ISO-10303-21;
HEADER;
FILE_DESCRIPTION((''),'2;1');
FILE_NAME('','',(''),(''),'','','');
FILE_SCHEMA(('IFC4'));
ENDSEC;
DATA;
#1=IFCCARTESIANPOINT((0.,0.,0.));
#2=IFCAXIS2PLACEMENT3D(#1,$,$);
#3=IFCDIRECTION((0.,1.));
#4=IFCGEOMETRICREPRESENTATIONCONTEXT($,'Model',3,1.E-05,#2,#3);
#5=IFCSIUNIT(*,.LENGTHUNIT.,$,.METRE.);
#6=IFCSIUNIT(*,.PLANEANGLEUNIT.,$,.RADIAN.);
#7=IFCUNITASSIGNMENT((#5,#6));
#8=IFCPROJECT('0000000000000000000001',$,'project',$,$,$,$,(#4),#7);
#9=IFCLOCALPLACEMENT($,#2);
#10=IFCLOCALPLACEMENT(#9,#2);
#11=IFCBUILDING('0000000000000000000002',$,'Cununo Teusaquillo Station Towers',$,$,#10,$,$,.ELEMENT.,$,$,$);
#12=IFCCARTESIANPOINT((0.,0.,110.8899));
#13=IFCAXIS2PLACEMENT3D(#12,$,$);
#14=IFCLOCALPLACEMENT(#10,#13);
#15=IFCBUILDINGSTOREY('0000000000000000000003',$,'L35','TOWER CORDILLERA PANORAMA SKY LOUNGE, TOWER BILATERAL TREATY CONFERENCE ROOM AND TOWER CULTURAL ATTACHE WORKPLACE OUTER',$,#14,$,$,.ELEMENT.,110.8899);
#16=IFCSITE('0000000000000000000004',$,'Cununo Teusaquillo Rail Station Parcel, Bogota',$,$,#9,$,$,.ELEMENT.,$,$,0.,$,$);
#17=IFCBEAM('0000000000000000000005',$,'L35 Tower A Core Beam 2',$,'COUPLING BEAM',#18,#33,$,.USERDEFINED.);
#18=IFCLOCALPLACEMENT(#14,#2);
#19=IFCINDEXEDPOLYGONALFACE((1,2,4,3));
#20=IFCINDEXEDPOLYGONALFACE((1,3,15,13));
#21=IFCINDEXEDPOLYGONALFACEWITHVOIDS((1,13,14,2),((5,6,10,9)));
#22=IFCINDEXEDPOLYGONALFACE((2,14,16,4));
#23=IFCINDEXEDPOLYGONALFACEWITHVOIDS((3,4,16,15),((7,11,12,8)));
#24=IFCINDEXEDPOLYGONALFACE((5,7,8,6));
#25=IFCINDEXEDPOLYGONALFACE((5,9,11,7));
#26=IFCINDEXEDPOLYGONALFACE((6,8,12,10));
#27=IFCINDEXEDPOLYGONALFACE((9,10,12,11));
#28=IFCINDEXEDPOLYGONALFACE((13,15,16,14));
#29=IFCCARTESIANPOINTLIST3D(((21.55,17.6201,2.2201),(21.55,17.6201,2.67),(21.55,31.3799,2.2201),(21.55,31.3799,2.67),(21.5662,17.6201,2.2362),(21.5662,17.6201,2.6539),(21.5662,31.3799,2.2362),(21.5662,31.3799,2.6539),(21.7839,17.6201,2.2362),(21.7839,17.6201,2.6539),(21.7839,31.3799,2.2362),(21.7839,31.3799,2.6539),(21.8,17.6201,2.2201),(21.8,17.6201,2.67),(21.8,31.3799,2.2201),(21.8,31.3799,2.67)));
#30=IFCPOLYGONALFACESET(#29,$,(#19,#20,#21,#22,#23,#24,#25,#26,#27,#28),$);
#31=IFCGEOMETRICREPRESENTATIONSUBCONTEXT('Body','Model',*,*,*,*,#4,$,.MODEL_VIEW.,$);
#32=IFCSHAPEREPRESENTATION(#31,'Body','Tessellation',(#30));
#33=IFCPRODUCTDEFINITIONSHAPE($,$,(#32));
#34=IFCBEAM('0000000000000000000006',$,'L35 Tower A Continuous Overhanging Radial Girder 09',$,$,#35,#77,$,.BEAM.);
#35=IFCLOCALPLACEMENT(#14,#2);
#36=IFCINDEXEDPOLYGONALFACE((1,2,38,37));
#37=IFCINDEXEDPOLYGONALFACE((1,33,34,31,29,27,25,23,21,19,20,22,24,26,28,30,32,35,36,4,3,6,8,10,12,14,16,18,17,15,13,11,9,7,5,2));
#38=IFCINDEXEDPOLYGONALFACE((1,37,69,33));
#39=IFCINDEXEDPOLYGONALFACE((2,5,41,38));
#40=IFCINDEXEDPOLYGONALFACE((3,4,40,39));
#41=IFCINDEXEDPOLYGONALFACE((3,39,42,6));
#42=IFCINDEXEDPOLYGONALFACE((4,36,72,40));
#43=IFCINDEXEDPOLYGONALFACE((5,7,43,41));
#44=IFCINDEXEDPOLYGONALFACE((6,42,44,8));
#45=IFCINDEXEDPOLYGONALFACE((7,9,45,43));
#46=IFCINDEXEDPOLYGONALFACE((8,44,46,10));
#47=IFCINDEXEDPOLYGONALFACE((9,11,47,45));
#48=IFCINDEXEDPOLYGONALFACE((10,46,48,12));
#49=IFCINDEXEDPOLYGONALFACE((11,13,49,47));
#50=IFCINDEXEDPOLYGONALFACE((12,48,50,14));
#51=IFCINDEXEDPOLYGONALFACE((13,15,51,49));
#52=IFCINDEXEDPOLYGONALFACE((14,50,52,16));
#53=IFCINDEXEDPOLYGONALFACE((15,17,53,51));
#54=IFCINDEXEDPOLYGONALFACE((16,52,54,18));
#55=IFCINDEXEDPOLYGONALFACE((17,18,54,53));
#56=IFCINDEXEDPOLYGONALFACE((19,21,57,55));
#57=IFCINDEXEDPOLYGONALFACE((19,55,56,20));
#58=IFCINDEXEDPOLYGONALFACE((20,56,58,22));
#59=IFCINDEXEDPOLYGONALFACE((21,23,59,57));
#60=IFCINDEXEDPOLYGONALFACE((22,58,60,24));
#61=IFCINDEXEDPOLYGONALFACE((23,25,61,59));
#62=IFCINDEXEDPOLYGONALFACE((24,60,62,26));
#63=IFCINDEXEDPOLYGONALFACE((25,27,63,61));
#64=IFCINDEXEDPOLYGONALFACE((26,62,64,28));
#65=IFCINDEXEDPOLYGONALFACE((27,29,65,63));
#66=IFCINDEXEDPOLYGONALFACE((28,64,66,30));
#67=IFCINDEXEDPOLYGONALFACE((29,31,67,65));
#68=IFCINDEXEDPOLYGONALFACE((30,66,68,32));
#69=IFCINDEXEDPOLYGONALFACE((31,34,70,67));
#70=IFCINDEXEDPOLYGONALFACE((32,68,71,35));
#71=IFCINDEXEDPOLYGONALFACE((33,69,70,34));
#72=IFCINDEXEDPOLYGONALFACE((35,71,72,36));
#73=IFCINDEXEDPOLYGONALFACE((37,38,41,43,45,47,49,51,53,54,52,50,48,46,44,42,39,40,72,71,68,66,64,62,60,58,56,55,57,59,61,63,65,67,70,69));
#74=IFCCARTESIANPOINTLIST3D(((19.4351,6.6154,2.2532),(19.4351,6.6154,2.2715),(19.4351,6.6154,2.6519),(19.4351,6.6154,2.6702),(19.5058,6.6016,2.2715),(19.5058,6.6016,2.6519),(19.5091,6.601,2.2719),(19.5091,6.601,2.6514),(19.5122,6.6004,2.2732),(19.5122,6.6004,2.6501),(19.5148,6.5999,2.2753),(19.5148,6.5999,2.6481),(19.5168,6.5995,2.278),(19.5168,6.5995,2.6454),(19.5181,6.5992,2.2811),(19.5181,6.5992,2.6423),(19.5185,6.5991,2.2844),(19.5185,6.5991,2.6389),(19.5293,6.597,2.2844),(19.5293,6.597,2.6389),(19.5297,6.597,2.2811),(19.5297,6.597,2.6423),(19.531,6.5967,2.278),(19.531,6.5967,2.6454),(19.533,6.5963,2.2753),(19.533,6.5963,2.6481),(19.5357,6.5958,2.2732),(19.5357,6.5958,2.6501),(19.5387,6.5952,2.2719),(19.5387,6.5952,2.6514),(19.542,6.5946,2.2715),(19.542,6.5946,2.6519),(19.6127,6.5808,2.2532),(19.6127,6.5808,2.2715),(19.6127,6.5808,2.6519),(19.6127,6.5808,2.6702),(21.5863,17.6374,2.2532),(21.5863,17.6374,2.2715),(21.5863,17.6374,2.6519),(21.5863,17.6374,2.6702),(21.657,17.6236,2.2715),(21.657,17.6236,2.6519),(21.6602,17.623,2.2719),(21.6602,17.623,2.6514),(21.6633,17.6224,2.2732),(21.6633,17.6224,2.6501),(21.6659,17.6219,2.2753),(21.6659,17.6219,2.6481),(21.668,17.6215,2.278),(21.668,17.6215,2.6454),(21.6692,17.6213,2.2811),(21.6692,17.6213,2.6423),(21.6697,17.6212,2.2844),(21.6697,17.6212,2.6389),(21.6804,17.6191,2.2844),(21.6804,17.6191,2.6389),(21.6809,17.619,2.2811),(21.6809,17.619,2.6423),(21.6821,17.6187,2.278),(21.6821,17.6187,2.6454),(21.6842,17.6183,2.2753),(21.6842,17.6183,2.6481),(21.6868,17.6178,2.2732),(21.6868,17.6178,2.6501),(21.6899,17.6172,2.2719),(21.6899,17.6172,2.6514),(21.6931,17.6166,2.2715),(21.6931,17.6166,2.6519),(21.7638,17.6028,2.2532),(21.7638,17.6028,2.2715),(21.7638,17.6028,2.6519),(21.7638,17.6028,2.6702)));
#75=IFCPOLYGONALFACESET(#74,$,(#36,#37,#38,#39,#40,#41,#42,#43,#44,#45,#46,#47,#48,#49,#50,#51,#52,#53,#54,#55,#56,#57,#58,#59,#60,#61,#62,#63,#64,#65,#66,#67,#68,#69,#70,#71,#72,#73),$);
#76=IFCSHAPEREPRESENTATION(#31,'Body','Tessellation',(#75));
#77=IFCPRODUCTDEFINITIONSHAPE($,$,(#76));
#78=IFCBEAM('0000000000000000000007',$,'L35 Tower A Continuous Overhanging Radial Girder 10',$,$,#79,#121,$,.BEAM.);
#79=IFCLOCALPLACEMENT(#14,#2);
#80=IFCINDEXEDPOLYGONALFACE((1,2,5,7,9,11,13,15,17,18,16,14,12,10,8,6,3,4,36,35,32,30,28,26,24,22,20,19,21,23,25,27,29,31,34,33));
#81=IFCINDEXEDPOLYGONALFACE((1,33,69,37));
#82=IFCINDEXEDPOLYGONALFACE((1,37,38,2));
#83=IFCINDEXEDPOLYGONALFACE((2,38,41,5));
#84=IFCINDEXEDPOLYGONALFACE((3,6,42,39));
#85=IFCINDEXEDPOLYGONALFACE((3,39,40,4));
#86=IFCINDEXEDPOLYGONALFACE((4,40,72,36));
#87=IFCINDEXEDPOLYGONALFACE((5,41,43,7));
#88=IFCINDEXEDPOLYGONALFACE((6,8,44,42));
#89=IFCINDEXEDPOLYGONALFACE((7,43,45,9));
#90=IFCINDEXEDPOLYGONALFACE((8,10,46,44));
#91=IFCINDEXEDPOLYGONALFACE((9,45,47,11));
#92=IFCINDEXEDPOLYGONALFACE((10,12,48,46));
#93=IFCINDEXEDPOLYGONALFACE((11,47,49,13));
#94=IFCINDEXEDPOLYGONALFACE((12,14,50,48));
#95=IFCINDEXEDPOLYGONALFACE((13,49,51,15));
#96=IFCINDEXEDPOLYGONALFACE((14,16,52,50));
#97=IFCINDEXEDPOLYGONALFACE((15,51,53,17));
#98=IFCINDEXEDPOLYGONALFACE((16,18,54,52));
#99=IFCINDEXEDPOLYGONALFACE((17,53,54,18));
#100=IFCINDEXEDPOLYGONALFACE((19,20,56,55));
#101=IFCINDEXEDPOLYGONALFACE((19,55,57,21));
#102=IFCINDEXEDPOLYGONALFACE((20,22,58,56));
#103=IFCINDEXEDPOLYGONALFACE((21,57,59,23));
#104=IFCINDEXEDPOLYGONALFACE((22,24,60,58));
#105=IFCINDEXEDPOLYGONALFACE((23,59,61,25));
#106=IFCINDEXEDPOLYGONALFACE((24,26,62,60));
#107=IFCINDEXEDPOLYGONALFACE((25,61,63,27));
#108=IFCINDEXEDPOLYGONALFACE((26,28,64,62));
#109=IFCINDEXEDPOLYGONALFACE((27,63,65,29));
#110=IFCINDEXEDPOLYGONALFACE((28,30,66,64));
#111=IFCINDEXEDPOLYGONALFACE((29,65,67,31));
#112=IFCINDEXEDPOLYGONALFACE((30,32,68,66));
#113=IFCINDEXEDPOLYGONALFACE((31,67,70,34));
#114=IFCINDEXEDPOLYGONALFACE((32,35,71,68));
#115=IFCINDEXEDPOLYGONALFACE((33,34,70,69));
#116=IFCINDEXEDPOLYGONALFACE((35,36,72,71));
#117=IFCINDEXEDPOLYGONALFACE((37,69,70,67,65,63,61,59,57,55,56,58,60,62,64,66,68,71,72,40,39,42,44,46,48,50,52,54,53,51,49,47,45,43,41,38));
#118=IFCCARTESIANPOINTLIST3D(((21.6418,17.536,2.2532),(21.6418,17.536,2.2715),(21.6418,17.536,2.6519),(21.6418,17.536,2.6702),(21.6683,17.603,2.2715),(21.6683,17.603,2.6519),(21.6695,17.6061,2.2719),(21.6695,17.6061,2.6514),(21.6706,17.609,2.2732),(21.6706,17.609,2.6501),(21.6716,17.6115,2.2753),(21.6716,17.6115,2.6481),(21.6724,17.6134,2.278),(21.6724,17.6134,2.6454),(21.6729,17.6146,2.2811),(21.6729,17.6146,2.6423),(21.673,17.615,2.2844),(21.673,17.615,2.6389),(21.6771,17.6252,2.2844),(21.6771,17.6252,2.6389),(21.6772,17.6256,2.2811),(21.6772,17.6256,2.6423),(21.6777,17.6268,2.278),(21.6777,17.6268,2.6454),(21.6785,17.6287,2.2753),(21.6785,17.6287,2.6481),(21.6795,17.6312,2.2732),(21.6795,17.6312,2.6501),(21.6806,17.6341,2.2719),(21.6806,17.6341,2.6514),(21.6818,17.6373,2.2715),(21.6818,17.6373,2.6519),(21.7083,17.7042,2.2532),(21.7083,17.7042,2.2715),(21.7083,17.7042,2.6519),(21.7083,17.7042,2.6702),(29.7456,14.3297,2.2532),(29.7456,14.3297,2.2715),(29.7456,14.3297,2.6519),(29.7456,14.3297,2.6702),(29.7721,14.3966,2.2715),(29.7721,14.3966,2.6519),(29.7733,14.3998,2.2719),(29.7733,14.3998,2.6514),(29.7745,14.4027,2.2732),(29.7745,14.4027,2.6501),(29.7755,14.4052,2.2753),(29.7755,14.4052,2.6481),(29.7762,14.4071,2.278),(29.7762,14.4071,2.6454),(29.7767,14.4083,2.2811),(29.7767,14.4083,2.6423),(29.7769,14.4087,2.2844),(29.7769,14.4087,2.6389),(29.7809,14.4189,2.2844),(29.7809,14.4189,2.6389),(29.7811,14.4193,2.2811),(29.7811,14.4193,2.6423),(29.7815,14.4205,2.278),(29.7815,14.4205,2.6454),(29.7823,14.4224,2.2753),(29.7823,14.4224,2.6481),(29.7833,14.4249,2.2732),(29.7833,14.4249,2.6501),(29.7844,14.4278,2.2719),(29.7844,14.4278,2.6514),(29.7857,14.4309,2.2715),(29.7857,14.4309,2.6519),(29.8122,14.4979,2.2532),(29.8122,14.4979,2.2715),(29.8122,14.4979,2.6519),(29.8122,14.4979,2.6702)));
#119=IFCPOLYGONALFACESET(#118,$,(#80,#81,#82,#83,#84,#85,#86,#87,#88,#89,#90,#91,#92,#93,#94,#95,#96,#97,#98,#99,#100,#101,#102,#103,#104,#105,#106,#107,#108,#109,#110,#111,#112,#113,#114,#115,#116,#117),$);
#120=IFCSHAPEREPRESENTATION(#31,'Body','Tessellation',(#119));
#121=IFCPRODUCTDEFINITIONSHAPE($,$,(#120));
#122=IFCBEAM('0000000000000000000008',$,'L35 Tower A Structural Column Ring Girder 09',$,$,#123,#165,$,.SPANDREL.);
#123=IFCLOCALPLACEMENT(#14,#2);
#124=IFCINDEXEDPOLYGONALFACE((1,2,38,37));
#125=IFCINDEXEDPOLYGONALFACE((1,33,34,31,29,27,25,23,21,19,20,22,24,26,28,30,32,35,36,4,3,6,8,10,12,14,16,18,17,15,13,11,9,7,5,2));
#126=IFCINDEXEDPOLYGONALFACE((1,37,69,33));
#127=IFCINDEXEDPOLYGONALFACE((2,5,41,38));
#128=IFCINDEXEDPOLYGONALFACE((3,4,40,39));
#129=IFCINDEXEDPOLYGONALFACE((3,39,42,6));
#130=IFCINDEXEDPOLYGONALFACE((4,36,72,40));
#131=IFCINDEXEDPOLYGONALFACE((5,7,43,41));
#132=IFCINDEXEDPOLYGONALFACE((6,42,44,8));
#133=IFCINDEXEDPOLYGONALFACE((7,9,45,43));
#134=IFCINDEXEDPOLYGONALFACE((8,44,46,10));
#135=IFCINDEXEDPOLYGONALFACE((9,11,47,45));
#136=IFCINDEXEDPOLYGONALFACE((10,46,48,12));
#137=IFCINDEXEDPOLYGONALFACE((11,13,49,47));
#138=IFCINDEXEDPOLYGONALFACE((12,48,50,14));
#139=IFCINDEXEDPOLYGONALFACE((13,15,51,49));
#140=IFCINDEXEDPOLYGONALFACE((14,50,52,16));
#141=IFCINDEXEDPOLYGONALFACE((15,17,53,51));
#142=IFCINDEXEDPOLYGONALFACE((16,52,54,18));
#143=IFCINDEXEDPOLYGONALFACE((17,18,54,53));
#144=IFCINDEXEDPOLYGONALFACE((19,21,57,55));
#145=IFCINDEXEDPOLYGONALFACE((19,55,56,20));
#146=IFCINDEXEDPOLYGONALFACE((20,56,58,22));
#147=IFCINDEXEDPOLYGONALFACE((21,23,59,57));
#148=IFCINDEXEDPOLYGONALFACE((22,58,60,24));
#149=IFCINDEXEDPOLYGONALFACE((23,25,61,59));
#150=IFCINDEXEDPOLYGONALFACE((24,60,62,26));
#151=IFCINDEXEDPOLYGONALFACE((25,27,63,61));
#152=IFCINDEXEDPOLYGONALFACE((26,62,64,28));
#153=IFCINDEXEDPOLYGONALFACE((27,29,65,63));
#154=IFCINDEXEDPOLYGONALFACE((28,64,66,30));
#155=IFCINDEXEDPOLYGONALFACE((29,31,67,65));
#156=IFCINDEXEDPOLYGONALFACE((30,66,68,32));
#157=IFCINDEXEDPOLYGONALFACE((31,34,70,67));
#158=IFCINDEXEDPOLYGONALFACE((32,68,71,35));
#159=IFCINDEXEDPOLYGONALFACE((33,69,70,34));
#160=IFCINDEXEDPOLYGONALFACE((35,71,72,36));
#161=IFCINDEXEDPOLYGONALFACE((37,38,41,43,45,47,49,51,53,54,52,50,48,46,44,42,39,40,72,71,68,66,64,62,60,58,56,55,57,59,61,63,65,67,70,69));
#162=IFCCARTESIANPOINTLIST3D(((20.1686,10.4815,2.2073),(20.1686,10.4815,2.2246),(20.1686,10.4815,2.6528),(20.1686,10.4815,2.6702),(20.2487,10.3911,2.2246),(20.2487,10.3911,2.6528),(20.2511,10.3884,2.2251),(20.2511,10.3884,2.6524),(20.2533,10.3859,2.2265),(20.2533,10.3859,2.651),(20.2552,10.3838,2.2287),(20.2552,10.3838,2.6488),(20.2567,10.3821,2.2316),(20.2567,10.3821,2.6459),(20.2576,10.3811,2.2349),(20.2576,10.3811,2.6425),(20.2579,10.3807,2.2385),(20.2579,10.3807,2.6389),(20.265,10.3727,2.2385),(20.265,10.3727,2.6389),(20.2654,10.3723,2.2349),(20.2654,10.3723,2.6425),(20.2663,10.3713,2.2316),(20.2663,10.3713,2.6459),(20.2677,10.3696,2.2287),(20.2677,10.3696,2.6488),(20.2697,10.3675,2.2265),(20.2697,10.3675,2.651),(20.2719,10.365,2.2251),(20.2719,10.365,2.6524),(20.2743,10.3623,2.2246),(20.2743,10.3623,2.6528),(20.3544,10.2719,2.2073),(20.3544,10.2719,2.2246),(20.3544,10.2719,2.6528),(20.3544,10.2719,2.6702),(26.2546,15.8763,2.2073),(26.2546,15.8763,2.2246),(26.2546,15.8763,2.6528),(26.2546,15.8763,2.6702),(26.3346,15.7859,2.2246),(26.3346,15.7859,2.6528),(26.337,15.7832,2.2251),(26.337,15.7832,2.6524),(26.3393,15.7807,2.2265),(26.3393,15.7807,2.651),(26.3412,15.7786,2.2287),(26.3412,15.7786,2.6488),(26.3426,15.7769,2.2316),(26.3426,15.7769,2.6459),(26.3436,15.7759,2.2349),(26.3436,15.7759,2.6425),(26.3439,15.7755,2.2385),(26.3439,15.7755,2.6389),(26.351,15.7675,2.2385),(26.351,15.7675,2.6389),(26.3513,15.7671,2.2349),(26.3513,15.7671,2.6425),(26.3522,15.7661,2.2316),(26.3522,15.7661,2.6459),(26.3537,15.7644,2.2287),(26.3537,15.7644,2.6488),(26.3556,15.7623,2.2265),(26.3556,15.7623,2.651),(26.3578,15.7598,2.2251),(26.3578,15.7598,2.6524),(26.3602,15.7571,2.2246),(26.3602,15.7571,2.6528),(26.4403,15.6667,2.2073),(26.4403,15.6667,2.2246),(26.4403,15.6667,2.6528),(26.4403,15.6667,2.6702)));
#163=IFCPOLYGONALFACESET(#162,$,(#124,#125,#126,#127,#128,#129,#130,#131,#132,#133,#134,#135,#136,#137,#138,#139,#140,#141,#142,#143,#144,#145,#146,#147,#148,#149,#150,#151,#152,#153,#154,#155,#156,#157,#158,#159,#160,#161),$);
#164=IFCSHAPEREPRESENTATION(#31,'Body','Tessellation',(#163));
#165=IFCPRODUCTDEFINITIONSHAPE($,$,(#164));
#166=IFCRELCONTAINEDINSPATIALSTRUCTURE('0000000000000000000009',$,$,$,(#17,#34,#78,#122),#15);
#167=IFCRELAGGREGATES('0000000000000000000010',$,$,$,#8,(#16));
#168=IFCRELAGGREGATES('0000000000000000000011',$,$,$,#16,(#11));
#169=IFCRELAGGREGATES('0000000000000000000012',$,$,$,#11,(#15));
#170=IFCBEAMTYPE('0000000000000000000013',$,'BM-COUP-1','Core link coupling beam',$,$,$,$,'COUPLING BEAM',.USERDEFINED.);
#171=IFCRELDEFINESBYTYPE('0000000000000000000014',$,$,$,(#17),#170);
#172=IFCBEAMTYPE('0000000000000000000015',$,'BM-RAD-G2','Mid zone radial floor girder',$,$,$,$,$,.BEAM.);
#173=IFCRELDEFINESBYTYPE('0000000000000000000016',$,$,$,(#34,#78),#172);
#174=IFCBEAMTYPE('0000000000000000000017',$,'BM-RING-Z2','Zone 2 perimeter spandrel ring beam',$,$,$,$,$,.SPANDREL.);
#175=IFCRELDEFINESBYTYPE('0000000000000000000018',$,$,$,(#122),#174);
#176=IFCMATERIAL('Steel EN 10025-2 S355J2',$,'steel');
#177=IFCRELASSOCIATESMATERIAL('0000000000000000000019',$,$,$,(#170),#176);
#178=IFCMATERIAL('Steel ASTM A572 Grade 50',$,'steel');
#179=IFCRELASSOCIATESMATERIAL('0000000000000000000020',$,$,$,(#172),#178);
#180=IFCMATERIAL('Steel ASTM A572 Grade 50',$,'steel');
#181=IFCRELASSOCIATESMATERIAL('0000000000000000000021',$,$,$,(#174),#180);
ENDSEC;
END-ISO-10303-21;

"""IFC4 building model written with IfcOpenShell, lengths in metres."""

from ifc_helpers import new_model, si_unit, direction, frame, origin, origin_2d, place, context, subcontext, project, spatial, hollow_rectangle, i_section, extrude, material, material_profile, profile_set, type_object, element, save


model = new_model("IFC4")

# Units and contexts
model_context = context("Model", 3, precision=1e-05, world=origin(), true_north=direction((0.0, 1.0)))
body_context = subcontext(model_context, "Body", "Model", "MODEL_VIEW")
ifc_project = project(units=[si_unit("LENGTHUNIT", "METRE"), si_unit("PLANEANGLEUNIT", "RADIAN")], contexts=[model_context])

# Site, building, storey
site_placement = place(None, origin())
site = spatial("IfcSite", under=ifc_project, at=site_placement, Name="Cununo Teusaquillo Rail Station Parcel, Bogota", CompositionType="ELEMENT", RefElevation=0.0)
building_placement = place(site_placement, origin())
building = spatial("IfcBuilding", under=site, at=building_placement, Name="Cununo Teusaquillo Station Towers", CompositionType="ELEMENT")
storey_placement = place(building_placement, frame((0.0, 0.0, 110.8899)))
storey = spatial("IfcBuildingStorey", under=building, at=storey_placement, Name="L35", Description="TOWER CORDILLERA PANORAMA SKY LOUNGE, TOWER BILATERAL TREATY CONFERENCE ROOM AND TOWER CULTURAL ATTACHE WORKPLACE OUTER", CompositionType="ELEMENT", Elevation=110.8899)

# Beams
ifc_material_1 = material(Name="Steel EN 10025-2 S355J2", Category="steel")
ifc_material_profile_1 = material_profile(ifc_material_1, hollow_rectangle(XDim=0.25, YDim=0.45, WallThickness=0.0161, at=origin_2d()), Name="RHS 450x250x16")
ifc_profile_set_1 = profile_set([ifc_material_profile_1], Name="Steel EN 10025-2 S355J2")
beam_type_1 = type_object("IfcBeamType", Name="BM-COUP-1", Description="Core link coupling beam", ElementType="COUPLING BEAM", PredefinedType="USERDEFINED", material=ifc_profile_set_1)
beam_1_placement = place(storey_placement, frame((21.675, 17.6201, 2.4451), z_axis=(0.0, 1.0, 0.0), x_axis=(-1.0, 0.0, 0.0)))
element("IfcBeam", 1, at=beam_1_placement, inside=storey, type_object=beam_type_1, Name="L35 Tower A Core Beam 2", ObjectType="COUPLING BEAM", PredefinedType="USERDEFINED", context=body_context, shape_type="SweptSolid", body=[
    extrude(hollow_rectangle(XDim=0.25, YDim=0.45, WallThickness=0.0161, at=origin_2d()), origin(), (0.0, 0.0, 1.0), 13.7598),
])
ifc_material_2 = material(Name="Steel ASTM A572 Grade 50", Category="steel")
ifc_material_profile_2 = material_profile(ifc_material_2, i_section(OverallWidth=0.1809, OverallDepth=0.417, WebThickness=0.011, FlangeThickness=0.0183, FilletRadius=0.0129, at=origin_2d()), Name="W16X57")
ifc_profile_set_2 = profile_set([ifc_material_profile_2], Name="Steel ASTM A572 Grade 50")
beam_type_2 = type_object("IfcBeamType", Name="BM-RAD-G2", Description="Mid zone radial floor girder", PredefinedType="BEAM", material=ifc_profile_set_2)
beam_2_placement = place(storey_placement, frame((21.675, 17.6201, 2.4617), z_axis=(-0.191553, -0.981482, 0.0), x_axis=(0.981482, -0.191553, 0.0)))
element("IfcBeam", 2, at=beam_2_placement, inside=storey, type_object=beam_type_2, Name="L35 Tower A Continuous Overhanging Radial Girder 09", PredefinedType="BEAM", context=body_context, shape_type="SweptSolid", body=[
    extrude(i_section(OverallWidth=0.1809, OverallDepth=0.417, WebThickness=0.011, FlangeThickness=0.0183, FilletRadius=0.0129, at=origin_2d()), origin(), (0.0, 0.0, 1.0), 11.23),
])
beam_3_placement = place(storey_placement, frame((21.675, 17.6201, 2.4617), z_axis=(0.929863, -0.367906, 0.0), x_axis=(0.367906, 0.929863, 0.0)))
element("IfcBeam", 3, at=beam_3_placement, inside=storey, type_object=beam_type_2, Name="L35 Tower A Continuous Overhanging Radial Girder 10", PredefinedType="BEAM", context=body_context, shape_type="SweptSolid", body=[
    extrude(i_section(OverallWidth=0.1809, OverallDepth=0.417, WebThickness=0.011, FlangeThickness=0.0183, FilletRadius=0.0129, at=origin_2d()), origin(), (0.0, 0.0, 1.0), 8.7151),
])
ifc_material_3 = material(Name="Steel ASTM A572 Grade 50", Category="steel")
ifc_material_profile_3 = material_profile(ifc_material_3, i_section(OverallWidth=0.28, OverallDepth=0.4629, WebThickness=0.0107, FlangeThickness=0.0173, FilletRadius=0.0139, at=origin_2d()), Name="W18X76")
ifc_profile_set_3 = profile_set([ifc_material_profile_3], Name="Steel ASTM A572 Grade 50")
beam_type_3 = type_object("IfcBeamType", Name="BM-RING-Z2", Description="Zone 2 perimeter spandrel ring beam", PredefinedType="SPANDREL", material=ifc_profile_set_3)
beam_4_placement = place(storey_placement, frame((20.2615, 10.3767, 2.4387), z_axis=(0.748321, 0.663337, 0.0), x_axis=(-0.663337, 0.748321, 0.0)))
element("IfcBeam", 4, at=beam_4_placement, inside=storey, type_object=beam_type_3, Name="L35 Tower A Structural Column Ring Girder 09", PredefinedType="SPANDREL", context=body_context, shape_type="SweptSolid", body=[
    extrude(i_section(OverallWidth=0.28, OverallDepth=0.4629, WebThickness=0.0107, FlangeThickness=0.0173, FilletRadius=0.0139, at=origin_2d()), origin(), (0.0, 0.0, 1.0), 8.1328),
])

save(model, "model.ifc")
